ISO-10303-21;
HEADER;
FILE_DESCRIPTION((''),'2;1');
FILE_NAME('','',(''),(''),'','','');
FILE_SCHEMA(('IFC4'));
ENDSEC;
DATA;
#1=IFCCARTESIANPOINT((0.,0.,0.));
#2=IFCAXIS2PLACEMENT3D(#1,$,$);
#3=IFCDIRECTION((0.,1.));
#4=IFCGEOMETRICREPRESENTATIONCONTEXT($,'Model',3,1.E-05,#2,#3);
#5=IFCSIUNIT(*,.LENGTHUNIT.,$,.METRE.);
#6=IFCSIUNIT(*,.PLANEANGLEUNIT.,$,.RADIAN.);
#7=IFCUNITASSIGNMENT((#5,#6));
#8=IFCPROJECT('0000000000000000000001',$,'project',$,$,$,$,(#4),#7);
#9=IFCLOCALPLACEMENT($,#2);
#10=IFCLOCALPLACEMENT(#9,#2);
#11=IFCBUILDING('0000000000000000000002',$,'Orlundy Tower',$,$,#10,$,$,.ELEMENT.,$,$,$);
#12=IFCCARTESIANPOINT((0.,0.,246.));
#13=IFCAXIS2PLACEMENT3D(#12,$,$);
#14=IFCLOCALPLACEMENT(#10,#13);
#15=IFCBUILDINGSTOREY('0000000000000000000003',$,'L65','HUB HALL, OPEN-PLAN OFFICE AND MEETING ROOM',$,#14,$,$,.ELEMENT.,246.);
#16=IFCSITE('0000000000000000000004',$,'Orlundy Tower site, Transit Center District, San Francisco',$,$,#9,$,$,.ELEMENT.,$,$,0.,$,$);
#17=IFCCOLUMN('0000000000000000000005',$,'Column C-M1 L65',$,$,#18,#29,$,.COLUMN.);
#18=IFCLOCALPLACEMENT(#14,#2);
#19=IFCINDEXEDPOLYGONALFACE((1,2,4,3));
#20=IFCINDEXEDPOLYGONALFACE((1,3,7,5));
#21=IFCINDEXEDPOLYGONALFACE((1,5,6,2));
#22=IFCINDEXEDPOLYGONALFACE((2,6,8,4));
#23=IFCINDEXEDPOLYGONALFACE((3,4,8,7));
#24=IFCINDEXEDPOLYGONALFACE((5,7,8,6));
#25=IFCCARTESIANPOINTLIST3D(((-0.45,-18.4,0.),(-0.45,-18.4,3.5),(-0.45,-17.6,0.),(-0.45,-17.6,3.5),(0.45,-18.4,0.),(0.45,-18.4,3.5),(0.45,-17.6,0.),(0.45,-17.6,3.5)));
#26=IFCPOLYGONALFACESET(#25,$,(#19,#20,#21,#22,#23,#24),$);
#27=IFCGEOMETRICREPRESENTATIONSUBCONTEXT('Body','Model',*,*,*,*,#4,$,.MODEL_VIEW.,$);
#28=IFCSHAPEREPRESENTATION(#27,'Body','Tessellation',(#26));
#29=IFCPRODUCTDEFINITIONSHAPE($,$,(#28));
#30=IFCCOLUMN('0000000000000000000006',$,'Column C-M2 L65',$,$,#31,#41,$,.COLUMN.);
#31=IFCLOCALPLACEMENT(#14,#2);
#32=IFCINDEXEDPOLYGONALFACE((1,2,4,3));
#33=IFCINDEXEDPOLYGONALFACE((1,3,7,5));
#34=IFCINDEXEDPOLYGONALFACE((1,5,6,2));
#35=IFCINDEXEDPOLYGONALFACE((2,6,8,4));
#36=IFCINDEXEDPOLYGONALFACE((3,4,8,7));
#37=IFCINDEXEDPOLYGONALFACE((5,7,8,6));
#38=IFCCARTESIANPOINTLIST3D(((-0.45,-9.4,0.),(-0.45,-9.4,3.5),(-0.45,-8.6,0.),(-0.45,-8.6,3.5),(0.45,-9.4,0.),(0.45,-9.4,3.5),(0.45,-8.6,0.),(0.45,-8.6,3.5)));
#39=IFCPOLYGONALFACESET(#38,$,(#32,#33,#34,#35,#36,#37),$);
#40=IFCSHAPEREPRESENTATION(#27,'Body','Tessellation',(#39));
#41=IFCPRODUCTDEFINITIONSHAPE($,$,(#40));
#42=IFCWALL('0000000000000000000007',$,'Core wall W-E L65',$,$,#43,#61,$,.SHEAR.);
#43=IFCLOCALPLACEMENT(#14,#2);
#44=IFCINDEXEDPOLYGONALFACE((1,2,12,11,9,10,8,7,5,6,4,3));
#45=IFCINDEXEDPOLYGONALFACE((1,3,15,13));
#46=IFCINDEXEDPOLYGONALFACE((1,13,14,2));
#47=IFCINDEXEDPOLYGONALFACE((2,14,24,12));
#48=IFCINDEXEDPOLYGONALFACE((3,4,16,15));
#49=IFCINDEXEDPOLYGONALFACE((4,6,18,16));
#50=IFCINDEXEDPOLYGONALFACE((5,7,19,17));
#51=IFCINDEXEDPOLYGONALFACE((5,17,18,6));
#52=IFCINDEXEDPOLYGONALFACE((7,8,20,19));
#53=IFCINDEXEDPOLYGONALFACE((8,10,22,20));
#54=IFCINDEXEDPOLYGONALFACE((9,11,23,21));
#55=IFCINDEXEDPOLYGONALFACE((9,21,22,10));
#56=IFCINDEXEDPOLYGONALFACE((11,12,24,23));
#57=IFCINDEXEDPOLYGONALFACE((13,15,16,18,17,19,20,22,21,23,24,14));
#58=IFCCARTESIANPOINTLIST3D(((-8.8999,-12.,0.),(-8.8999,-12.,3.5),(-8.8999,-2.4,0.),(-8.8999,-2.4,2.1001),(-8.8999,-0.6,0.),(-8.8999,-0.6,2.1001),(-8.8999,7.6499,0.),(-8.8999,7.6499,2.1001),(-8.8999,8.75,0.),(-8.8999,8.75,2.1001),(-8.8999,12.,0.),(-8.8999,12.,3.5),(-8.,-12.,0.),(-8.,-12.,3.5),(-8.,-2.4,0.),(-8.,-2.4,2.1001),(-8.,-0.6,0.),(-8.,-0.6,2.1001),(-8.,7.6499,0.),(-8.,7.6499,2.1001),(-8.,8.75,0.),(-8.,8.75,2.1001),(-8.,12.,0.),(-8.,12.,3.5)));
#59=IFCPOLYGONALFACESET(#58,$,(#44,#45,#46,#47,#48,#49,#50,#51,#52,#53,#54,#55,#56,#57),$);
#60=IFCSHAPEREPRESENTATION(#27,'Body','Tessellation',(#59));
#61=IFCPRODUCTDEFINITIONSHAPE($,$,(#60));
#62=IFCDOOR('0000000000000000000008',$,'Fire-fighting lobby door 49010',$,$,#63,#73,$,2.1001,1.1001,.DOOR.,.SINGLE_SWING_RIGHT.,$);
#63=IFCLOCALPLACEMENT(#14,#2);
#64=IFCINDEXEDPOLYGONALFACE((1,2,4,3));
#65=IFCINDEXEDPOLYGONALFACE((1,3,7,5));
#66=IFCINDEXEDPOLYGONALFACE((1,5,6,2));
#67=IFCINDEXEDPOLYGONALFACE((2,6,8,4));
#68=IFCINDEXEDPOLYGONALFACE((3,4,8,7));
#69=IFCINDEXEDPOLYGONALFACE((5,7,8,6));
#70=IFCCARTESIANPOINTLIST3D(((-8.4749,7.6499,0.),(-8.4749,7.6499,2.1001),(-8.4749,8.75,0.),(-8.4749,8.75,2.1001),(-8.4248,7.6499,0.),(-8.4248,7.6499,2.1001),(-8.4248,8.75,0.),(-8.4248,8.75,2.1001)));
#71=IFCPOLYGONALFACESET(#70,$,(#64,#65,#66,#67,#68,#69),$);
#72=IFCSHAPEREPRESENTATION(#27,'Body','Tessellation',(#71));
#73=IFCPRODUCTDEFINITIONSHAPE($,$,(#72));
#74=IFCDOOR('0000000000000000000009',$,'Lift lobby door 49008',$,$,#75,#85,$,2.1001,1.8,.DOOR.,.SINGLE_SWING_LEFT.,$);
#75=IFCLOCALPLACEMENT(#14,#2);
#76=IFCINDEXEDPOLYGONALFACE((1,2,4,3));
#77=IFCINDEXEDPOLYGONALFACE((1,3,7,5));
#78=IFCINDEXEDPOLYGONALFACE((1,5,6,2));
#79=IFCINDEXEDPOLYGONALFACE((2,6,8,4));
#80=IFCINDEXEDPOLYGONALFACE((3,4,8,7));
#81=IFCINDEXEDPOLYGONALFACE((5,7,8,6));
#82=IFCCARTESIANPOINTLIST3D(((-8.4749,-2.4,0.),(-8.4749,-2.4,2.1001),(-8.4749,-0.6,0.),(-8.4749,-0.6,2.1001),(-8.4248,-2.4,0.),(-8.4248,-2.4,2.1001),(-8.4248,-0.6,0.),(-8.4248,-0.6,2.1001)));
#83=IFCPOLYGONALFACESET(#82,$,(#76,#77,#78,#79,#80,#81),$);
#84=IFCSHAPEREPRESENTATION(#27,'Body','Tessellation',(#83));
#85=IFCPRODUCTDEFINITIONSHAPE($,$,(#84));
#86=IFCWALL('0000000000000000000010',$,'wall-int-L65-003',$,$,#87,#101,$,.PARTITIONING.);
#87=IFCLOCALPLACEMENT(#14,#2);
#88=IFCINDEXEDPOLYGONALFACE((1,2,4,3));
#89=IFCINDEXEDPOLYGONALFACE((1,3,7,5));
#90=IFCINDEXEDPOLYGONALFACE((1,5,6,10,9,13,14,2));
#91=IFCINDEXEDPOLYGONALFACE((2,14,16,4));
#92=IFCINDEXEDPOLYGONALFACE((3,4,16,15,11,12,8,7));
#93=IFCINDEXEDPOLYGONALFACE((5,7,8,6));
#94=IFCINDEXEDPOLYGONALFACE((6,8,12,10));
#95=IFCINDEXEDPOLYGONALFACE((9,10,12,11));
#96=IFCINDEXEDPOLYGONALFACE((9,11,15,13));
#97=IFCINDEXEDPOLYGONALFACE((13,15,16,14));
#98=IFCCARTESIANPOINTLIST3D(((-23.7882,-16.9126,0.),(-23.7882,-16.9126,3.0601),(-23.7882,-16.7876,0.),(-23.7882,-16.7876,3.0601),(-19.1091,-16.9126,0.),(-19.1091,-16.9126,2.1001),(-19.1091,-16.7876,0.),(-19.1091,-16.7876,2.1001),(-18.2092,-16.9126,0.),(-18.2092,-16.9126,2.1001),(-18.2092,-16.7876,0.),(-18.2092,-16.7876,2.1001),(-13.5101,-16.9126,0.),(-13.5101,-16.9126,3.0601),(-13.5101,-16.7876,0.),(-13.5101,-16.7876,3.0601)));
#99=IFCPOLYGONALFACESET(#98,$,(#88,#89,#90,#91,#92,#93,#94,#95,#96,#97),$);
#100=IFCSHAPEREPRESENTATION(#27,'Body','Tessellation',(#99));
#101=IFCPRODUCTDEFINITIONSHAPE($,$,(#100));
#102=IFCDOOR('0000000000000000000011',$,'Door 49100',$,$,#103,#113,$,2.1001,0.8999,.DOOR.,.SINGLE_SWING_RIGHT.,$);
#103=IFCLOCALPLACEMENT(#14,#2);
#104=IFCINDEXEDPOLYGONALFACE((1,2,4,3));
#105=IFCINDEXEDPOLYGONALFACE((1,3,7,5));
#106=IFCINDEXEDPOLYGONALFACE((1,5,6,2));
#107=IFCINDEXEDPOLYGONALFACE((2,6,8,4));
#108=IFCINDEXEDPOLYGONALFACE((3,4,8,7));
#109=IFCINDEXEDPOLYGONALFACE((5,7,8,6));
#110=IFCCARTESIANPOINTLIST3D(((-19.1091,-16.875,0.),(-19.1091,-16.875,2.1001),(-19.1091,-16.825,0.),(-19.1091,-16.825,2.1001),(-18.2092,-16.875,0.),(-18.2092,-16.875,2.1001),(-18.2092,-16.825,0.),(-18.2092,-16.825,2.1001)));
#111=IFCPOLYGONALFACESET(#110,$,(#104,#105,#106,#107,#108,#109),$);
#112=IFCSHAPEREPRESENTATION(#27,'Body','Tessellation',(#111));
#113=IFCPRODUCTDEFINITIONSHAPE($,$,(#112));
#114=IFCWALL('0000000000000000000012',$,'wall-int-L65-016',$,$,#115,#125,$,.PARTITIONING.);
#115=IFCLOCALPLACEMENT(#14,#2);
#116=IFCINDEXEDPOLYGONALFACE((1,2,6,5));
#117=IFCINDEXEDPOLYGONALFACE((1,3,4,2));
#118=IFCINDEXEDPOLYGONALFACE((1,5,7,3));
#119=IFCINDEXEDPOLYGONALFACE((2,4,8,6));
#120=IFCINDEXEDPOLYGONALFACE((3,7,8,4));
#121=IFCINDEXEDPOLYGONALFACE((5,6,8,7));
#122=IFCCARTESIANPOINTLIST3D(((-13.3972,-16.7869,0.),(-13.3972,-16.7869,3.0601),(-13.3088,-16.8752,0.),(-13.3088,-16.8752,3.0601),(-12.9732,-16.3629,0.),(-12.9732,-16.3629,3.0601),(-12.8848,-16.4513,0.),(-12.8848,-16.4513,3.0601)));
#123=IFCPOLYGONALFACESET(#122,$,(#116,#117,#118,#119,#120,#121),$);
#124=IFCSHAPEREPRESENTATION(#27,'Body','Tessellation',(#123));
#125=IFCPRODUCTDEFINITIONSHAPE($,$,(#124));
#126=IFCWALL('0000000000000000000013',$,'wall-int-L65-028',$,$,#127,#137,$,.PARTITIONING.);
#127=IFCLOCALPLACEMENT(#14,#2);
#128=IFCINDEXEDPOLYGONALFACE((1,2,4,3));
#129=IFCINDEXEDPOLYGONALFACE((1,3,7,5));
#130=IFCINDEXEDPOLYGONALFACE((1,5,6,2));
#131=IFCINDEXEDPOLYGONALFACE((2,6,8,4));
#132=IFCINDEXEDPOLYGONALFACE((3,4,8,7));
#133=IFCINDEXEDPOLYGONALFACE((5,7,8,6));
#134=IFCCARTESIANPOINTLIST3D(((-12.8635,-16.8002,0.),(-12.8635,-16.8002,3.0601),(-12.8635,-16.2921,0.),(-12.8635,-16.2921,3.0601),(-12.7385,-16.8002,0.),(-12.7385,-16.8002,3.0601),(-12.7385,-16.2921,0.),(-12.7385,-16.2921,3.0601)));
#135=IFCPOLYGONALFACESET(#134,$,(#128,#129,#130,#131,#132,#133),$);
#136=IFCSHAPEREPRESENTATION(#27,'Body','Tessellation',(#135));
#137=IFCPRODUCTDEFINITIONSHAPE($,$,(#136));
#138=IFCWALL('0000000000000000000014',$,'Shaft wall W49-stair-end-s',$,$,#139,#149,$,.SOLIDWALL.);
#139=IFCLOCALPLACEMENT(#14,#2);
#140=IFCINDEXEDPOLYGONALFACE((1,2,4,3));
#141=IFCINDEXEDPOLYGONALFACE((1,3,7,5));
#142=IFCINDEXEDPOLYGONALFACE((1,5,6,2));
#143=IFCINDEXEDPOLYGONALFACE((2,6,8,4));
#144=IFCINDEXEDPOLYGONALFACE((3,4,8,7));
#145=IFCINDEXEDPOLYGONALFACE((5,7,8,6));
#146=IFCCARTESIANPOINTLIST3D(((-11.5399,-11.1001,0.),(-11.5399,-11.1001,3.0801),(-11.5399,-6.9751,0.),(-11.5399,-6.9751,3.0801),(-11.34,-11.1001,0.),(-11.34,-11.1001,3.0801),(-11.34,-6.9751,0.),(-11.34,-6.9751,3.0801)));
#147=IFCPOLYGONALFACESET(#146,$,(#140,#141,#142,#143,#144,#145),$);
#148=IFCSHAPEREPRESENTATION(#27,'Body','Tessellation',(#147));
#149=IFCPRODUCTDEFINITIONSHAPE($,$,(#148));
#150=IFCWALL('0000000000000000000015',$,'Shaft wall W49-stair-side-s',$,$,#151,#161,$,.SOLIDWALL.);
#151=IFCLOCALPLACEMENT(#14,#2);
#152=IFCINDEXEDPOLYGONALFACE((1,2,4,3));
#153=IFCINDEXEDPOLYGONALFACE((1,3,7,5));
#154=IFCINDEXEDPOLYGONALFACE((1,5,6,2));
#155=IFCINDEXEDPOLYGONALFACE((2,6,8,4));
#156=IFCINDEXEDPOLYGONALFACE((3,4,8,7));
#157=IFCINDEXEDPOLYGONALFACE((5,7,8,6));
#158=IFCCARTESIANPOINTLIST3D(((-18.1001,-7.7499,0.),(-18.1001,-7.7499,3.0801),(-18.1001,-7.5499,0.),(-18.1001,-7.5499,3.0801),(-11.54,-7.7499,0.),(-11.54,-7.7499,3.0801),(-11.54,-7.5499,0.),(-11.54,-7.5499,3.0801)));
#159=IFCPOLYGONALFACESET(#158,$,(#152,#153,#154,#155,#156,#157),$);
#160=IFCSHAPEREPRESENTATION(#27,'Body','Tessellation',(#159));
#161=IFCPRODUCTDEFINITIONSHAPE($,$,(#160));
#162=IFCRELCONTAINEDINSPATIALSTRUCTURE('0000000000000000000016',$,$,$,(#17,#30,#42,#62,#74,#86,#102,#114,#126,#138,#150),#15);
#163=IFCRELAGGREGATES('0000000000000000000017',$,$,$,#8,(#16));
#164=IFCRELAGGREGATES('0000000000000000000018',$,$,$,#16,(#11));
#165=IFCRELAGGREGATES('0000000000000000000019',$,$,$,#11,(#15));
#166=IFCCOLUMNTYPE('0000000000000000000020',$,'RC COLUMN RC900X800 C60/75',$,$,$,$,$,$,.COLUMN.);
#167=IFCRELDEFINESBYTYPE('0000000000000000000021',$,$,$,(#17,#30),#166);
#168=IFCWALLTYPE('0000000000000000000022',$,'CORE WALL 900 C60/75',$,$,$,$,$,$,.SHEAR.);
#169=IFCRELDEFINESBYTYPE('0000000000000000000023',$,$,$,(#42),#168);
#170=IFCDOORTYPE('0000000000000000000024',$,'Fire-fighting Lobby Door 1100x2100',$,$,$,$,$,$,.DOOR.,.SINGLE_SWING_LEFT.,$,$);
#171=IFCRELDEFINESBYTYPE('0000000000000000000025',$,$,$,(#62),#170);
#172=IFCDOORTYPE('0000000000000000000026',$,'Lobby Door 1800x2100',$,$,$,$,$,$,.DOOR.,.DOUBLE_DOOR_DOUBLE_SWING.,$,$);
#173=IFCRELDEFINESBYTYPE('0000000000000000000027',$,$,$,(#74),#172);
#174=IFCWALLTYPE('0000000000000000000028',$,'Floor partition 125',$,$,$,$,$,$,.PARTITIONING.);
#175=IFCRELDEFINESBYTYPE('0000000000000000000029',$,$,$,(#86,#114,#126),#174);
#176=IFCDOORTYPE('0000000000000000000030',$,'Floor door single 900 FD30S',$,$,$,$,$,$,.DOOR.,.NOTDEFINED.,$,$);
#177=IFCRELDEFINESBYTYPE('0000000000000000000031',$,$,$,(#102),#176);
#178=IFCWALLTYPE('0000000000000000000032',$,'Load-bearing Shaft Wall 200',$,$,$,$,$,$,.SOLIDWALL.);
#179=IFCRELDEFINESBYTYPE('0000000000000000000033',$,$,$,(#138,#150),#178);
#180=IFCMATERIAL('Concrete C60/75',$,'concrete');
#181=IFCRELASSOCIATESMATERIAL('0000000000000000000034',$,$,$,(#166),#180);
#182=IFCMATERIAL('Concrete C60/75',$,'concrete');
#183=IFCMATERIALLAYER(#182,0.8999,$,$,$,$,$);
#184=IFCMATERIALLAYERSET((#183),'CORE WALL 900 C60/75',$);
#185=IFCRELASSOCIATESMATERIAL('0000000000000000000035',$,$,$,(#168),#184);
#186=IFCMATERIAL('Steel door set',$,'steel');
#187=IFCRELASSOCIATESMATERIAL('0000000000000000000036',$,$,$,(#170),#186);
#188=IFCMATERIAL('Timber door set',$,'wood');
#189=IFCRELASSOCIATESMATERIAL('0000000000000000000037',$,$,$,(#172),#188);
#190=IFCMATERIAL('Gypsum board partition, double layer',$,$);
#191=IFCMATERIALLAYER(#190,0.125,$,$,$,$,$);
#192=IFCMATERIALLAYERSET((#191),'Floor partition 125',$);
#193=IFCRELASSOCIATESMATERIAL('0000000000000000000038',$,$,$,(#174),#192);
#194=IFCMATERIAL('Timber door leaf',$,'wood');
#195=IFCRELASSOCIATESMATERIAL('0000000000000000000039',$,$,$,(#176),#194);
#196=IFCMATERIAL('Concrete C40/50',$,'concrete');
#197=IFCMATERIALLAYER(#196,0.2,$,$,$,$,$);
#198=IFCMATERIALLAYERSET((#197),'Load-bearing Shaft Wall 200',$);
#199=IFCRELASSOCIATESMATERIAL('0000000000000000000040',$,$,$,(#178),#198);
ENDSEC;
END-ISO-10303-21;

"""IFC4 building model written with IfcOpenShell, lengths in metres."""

from ifc_helpers import new_model, si_unit, direction, frame, frame_2d, origin, origin_2d, place, context, subcontext, project, spatial, rectangle, extrude, material, layer, layer_set, material_profile, profile_set, type_object, element, fill, save


model = new_model("IFC4")

# Units and contexts
model_context = context("Model", 3, precision=1e-05, world=origin(), true_north=direction((0.0, 1.0)))
body_context = subcontext(model_context, "Body", "Model", "MODEL_VIEW")
ifc_project = project(units=[si_unit("LENGTHUNIT", "METRE"), si_unit("PLANEANGLEUNIT", "RADIAN")], contexts=[model_context])

# Site, building, storey
site_placement = place(None, origin())
site = spatial("IfcSite", under=ifc_project, at=site_placement, Name="Orlundy Tower site, Transit Center District, San Francisco", CompositionType="ELEMENT", RefElevation=0.0)
building_placement = place(site_placement, origin())
building = spatial("IfcBuilding", under=site, at=building_placement, Name="Orlundy Tower", CompositionType="ELEMENT")
storey_placement = place(building_placement, frame((0.0, 0.0, 246.0)))
storey = spatial("IfcBuildingStorey", under=building, at=storey_placement, Name="L65", Description="HUB HALL, OPEN-PLAN OFFICE AND MEETING ROOM", CompositionType="ELEMENT", Elevation=246.0)

# Columns
ifc_material_1 = material(Name="Concrete C60/75", Category="concrete")
ifc_material_profile = material_profile(ifc_material_1, rectangle(XDim=0.8999, YDim=0.8, at=origin_2d()), Name="RC900X800")
ifc_profile_set = profile_set([ifc_material_profile], Name="Concrete C60/75")
column_type = type_object("IfcColumnType", Name="RC COLUMN RC900X800 C60/75", PredefinedType="COLUMN", material=ifc_profile_set)
for number, where, z_axis, x_axis, name in (
    (1, (0.0, -18.0, 0.0), (0.0, 0.0, 1.0), (1.0, 0.0, 0.0), "Column C-M1 L65"),
    (2, (0.0, -9.0, 0.0), (0.0, 0.0, 1.0), (1.0, 0.0, 0.0), "Column C-M2 L65"),
):
    element("IfcColumn", number, at=place(storey_placement, frame(where, z_axis=z_axis, x_axis=x_axis)), inside=storey, type_object=column_type, Name=name, PredefinedType="COLUMN", context=body_context, shape_type="SweptSolid", body=[
        extrude(rectangle(XDim=0.8999, YDim=0.8, at=origin_2d()), origin(), (0.0, 0.0, 1.0), 3.5),
    ])

# Wall, openings, doors
ifc_material_2 = material(Name="Concrete C60/75", Category="concrete")
ifc_layer_1 = layer(ifc_material_2, 0.8999)
ifc_layer_set_1 = layer_set([ifc_layer_1], Name="CORE WALL 900 C60/75")
wall_type_1 = type_object("IfcWallType", Name="CORE WALL 900 C60/75", PredefinedType="SHEAR", material=ifc_layer_set_1)
wall_1_placement = place(storey_placement, frame((-8.45, -12.0, 0.0), z_axis=(0.0, 0.0, 1.0), x_axis=(0.0, 1.0, 0.0)))
wall_1 = element("IfcWall", 3, at=wall_1_placement, inside=storey, type_object=wall_type_1, Name="Core wall W-E L65", PredefinedType="SHEAR", context=body_context, shape_type="SweptSolid", body=[
    extrude(rectangle(XDim=24.0, YDim=0.8999, at=frame_2d((12.0, 0.0))), origin(), (0.0, 0.0, 1.0), 3.5),
])
opening_1_placement = place(wall_1_placement, frame((9.6001, 0.0, 0.0)))
opening_1 = element("IfcOpeningElement", 4, at=opening_1_placement, cuts=wall_1, PredefinedType="OPENING", context=body_context, shape_type="SweptSolid", body=[
    extrude(rectangle(XDim=1.8, YDim=2.1001, at=frame_2d((0.8999, 1.05))), frame((0.0, 0.46, 0.0), z_axis=(0.0, -1.0, 0.0), x_axis=(1.0, 0.0, 0.0)), (0.0, 0.0, 1.0), 0.9199),
])
opening_2_placement = place(wall_1_placement, frame((19.6499, 0.0, 0.0)))
opening_2 = element("IfcOpeningElement", 5, at=opening_2_placement, cuts=wall_1, PredefinedType="OPENING", context=body_context, shape_type="SweptSolid", body=[
    extrude(rectangle(XDim=1.1001, YDim=2.1001, at=frame_2d((0.55, 1.05))), frame((0.0, 0.46, 0.0), z_axis=(0.0, -1.0, 0.0), x_axis=(1.0, 0.0, 0.0)), (0.0, 0.0, 1.0), 0.9199),
])
ifc_material_3 = material(Name="Steel door set", Category="steel")
door_type_1 = type_object("IfcDoorType", Name="Fire-fighting Lobby Door 1100x2100", OperationType="SINGLE_SWING_LEFT", PredefinedType="DOOR", material=ifc_material_3)
door_1_placement = place(opening_2_placement, origin())
door_1 = element("IfcDoor", 6, at=door_1_placement, inside=storey, type_object=door_type_1, Name="Fire-fighting lobby door 49010", OperationType="SINGLE_SWING_RIGHT", OverallHeight=2.1001, OverallWidth=1.1001, PredefinedType="DOOR", context=body_context, shape_type="SweptSolid", body=[
    extrude(rectangle(XDim=1.1001, YDim=2.1001, at=frame_2d((0.55, 1.05))), frame((0.0, 0.0249, 0.0), z_axis=(0.0, -1.0, 0.0), x_axis=(1.0, 0.0, 0.0)), (0.0, 0.0, 1.0), 0.05),
])
fill(opening_2, door_1)
ifc_material_4 = material(Name="Timber door set", Category="wood")
door_type_2 = type_object("IfcDoorType", Name="Lobby Door 1800x2100", OperationType="DOUBLE_DOOR_DOUBLE_SWING", PredefinedType="DOOR", material=ifc_material_4)
door_2_placement = place(opening_1_placement, origin())
door_2 = element("IfcDoor", 7, at=door_2_placement, inside=storey, type_object=door_type_2, Name="Lift lobby door 49008", OperationType="SINGLE_SWING_LEFT", OverallHeight=2.1001, OverallWidth=1.8, PredefinedType="DOOR", context=body_context, shape_type="SweptSolid", body=[
    extrude(rectangle(XDim=1.8, YDim=2.1001, at=frame_2d((0.8999, 1.05))), frame((0.0, 0.0249, 0.0), z_axis=(0.0, -1.0, 0.0), x_axis=(1.0, 0.0, 0.0)), (0.0, 0.0, 1.0), 0.05),
])
fill(opening_1, door_2)

# Wall, opening, door
ifc_material_5 = material(Name="Gypsum board partition, double layer")
ifc_layer_2 = layer(ifc_material_5, 0.125)
ifc_layer_set_2 = layer_set([ifc_layer_2], Name="Floor partition 125")
wall_type_2 = type_object("IfcWallType", Name="Floor partition 125", PredefinedType="PARTITIONING", material=ifc_layer_set_2)
wall_2_placement = place(storey_placement, frame((-13.51, -16.8501, 0.0), z_axis=(0.0, 0.0, 1.0), x_axis=(-1.0, 0.0, 0.0)))
wall_2 = element("IfcWall", 8, at=wall_2_placement, inside=storey, type_object=wall_type_2, Name="wall-int-L65-003", PredefinedType="PARTITIONING", context=body_context, shape_type="SweptSolid", body=[
    extrude(rectangle(XDim=10.2781, YDim=0.125, at=frame_2d((5.1392, 0.0))), origin(), (0.0, 0.0, 1.0), 3.0601),
])
opening_3_placement = place(wall_2_placement, frame((4.6992, 0.0, 0.0)))
opening_3 = element("IfcOpeningElement", 9, at=opening_3_placement, cuts=wall_2, PredefinedType="OPENING", context=body_context, shape_type="SweptSolid", body=[
    extrude(rectangle(XDim=0.8999, YDim=2.1001, at=frame_2d((0.45, 1.05))), frame((0.0, 0.0725, 0.0), z_axis=(0.0, -1.0, 0.0), x_axis=(1.0, 0.0, 0.0)), (0.0, 0.0, 1.0), 0.145),
])
ifc_material_6 = material(Name="Timber door leaf", Category="wood")
door_type_3 = type_object("IfcDoorType", Name="Floor door single 900 FD30S", OperationType="NOTDEFINED", PredefinedType="DOOR", material=ifc_material_6)
door_3_placement = place(opening_3_placement, origin())
door_3 = element("IfcDoor", 10, at=door_3_placement, inside=storey, type_object=door_type_3, Name="Door 49100", OperationType="SINGLE_SWING_RIGHT", OverallHeight=2.1001, OverallWidth=0.8999, PredefinedType="DOOR", context=body_context, shape_type="SweptSolid", body=[
    extrude(rectangle(XDim=0.8999, YDim=2.1001, at=frame_2d((0.45, 1.05))), frame((0.0, 0.0249, 0.0), z_axis=(0.0, -1.0, 0.0), x_axis=(1.0, 0.0, 0.0)), (0.0, 0.0, 1.0), 0.05),
])
fill(opening_3, door_3)

# Walls
wall_3_placement = place(storey_placement, frame((-13.353, -16.8311, 0.0), z_axis=(0.0, 0.0, 1.0), x_axis=(0.707107, 0.707107, 0.0)))
element("IfcWall", 11, at=wall_3_placement, inside=storey, type_object=wall_type_2, Name="wall-int-L65-016", PredefinedType="PARTITIONING", context=body_context, shape_type="SweptSolid", body=[
    extrude(rectangle(XDim=0.5996, YDim=0.125, at=frame_2d((0.2998, 0.0))), origin(), (0.0, 0.0, 1.0), 3.0601),
])
wall_4_placement = place(storey_placement, frame((-12.801, -16.8, 0.0), z_axis=(0.0, 0.0, 1.0), x_axis=(0.0, 1.0, 0.0)))
element("IfcWall", 12, at=wall_4_placement, inside=storey, type_object=wall_type_2, Name="wall-int-L65-028", PredefinedType="PARTITIONING", context=body_context, shape_type="SweptSolid", body=[
    extrude(rectangle(XDim=0.5081, YDim=0.125, at=frame_2d((0.2539, 0.0))), origin(), (0.0, 0.0, 1.0), 3.0601),
])
ifc_material_7 = material(Name="Concrete C40/50", Category="concrete")
ifc_layer_3 = layer(ifc_material_7, 0.2)
ifc_layer_set_3 = layer_set([ifc_layer_3], Name="Load-bearing Shaft Wall 200")
wall_type_3 = type_object("IfcWallType", Name="Load-bearing Shaft Wall 200", PredefinedType="SOLIDWALL", material=ifc_layer_set_3)
wall_5_placement = place(storey_placement, frame((-11.4399, -11.1001, 0.0), z_axis=(0.0, 0.0, 1.0), x_axis=(0.0, 1.0, 0.0)))
element("IfcWall", 13, at=wall_5_placement, inside=storey, type_object=wall_type_3, Name="Shaft wall W49-stair-end-s", PredefinedType="SOLIDWALL", context=body_context, shape_type="SweptSolid", body=[
    extrude(rectangle(XDim=4.125, YDim=0.2, at=frame_2d((2.0625, 0.0))), origin(), (0.0, 0.0, 1.0), 3.0801),
])
wall_6_placement = place(storey_placement, frame((-11.54, -7.6499, 0.0), z_axis=(0.0, 0.0, 1.0), x_axis=(-1.0, 0.0, 0.0)))
element("IfcWall", 14, at=wall_6_placement, inside=storey, type_object=wall_type_3, Name="Shaft wall W49-stair-side-s", PredefinedType="SOLIDWALL", context=body_context, shape_type="SweptSolid", body=[
    extrude(rectangle(XDim=6.5601, YDim=0.2, at=frame_2d((3.28, 0.0))), origin(), (0.0, 0.0, 1.0), 3.0801),
])

save(model, "model.ifc")
